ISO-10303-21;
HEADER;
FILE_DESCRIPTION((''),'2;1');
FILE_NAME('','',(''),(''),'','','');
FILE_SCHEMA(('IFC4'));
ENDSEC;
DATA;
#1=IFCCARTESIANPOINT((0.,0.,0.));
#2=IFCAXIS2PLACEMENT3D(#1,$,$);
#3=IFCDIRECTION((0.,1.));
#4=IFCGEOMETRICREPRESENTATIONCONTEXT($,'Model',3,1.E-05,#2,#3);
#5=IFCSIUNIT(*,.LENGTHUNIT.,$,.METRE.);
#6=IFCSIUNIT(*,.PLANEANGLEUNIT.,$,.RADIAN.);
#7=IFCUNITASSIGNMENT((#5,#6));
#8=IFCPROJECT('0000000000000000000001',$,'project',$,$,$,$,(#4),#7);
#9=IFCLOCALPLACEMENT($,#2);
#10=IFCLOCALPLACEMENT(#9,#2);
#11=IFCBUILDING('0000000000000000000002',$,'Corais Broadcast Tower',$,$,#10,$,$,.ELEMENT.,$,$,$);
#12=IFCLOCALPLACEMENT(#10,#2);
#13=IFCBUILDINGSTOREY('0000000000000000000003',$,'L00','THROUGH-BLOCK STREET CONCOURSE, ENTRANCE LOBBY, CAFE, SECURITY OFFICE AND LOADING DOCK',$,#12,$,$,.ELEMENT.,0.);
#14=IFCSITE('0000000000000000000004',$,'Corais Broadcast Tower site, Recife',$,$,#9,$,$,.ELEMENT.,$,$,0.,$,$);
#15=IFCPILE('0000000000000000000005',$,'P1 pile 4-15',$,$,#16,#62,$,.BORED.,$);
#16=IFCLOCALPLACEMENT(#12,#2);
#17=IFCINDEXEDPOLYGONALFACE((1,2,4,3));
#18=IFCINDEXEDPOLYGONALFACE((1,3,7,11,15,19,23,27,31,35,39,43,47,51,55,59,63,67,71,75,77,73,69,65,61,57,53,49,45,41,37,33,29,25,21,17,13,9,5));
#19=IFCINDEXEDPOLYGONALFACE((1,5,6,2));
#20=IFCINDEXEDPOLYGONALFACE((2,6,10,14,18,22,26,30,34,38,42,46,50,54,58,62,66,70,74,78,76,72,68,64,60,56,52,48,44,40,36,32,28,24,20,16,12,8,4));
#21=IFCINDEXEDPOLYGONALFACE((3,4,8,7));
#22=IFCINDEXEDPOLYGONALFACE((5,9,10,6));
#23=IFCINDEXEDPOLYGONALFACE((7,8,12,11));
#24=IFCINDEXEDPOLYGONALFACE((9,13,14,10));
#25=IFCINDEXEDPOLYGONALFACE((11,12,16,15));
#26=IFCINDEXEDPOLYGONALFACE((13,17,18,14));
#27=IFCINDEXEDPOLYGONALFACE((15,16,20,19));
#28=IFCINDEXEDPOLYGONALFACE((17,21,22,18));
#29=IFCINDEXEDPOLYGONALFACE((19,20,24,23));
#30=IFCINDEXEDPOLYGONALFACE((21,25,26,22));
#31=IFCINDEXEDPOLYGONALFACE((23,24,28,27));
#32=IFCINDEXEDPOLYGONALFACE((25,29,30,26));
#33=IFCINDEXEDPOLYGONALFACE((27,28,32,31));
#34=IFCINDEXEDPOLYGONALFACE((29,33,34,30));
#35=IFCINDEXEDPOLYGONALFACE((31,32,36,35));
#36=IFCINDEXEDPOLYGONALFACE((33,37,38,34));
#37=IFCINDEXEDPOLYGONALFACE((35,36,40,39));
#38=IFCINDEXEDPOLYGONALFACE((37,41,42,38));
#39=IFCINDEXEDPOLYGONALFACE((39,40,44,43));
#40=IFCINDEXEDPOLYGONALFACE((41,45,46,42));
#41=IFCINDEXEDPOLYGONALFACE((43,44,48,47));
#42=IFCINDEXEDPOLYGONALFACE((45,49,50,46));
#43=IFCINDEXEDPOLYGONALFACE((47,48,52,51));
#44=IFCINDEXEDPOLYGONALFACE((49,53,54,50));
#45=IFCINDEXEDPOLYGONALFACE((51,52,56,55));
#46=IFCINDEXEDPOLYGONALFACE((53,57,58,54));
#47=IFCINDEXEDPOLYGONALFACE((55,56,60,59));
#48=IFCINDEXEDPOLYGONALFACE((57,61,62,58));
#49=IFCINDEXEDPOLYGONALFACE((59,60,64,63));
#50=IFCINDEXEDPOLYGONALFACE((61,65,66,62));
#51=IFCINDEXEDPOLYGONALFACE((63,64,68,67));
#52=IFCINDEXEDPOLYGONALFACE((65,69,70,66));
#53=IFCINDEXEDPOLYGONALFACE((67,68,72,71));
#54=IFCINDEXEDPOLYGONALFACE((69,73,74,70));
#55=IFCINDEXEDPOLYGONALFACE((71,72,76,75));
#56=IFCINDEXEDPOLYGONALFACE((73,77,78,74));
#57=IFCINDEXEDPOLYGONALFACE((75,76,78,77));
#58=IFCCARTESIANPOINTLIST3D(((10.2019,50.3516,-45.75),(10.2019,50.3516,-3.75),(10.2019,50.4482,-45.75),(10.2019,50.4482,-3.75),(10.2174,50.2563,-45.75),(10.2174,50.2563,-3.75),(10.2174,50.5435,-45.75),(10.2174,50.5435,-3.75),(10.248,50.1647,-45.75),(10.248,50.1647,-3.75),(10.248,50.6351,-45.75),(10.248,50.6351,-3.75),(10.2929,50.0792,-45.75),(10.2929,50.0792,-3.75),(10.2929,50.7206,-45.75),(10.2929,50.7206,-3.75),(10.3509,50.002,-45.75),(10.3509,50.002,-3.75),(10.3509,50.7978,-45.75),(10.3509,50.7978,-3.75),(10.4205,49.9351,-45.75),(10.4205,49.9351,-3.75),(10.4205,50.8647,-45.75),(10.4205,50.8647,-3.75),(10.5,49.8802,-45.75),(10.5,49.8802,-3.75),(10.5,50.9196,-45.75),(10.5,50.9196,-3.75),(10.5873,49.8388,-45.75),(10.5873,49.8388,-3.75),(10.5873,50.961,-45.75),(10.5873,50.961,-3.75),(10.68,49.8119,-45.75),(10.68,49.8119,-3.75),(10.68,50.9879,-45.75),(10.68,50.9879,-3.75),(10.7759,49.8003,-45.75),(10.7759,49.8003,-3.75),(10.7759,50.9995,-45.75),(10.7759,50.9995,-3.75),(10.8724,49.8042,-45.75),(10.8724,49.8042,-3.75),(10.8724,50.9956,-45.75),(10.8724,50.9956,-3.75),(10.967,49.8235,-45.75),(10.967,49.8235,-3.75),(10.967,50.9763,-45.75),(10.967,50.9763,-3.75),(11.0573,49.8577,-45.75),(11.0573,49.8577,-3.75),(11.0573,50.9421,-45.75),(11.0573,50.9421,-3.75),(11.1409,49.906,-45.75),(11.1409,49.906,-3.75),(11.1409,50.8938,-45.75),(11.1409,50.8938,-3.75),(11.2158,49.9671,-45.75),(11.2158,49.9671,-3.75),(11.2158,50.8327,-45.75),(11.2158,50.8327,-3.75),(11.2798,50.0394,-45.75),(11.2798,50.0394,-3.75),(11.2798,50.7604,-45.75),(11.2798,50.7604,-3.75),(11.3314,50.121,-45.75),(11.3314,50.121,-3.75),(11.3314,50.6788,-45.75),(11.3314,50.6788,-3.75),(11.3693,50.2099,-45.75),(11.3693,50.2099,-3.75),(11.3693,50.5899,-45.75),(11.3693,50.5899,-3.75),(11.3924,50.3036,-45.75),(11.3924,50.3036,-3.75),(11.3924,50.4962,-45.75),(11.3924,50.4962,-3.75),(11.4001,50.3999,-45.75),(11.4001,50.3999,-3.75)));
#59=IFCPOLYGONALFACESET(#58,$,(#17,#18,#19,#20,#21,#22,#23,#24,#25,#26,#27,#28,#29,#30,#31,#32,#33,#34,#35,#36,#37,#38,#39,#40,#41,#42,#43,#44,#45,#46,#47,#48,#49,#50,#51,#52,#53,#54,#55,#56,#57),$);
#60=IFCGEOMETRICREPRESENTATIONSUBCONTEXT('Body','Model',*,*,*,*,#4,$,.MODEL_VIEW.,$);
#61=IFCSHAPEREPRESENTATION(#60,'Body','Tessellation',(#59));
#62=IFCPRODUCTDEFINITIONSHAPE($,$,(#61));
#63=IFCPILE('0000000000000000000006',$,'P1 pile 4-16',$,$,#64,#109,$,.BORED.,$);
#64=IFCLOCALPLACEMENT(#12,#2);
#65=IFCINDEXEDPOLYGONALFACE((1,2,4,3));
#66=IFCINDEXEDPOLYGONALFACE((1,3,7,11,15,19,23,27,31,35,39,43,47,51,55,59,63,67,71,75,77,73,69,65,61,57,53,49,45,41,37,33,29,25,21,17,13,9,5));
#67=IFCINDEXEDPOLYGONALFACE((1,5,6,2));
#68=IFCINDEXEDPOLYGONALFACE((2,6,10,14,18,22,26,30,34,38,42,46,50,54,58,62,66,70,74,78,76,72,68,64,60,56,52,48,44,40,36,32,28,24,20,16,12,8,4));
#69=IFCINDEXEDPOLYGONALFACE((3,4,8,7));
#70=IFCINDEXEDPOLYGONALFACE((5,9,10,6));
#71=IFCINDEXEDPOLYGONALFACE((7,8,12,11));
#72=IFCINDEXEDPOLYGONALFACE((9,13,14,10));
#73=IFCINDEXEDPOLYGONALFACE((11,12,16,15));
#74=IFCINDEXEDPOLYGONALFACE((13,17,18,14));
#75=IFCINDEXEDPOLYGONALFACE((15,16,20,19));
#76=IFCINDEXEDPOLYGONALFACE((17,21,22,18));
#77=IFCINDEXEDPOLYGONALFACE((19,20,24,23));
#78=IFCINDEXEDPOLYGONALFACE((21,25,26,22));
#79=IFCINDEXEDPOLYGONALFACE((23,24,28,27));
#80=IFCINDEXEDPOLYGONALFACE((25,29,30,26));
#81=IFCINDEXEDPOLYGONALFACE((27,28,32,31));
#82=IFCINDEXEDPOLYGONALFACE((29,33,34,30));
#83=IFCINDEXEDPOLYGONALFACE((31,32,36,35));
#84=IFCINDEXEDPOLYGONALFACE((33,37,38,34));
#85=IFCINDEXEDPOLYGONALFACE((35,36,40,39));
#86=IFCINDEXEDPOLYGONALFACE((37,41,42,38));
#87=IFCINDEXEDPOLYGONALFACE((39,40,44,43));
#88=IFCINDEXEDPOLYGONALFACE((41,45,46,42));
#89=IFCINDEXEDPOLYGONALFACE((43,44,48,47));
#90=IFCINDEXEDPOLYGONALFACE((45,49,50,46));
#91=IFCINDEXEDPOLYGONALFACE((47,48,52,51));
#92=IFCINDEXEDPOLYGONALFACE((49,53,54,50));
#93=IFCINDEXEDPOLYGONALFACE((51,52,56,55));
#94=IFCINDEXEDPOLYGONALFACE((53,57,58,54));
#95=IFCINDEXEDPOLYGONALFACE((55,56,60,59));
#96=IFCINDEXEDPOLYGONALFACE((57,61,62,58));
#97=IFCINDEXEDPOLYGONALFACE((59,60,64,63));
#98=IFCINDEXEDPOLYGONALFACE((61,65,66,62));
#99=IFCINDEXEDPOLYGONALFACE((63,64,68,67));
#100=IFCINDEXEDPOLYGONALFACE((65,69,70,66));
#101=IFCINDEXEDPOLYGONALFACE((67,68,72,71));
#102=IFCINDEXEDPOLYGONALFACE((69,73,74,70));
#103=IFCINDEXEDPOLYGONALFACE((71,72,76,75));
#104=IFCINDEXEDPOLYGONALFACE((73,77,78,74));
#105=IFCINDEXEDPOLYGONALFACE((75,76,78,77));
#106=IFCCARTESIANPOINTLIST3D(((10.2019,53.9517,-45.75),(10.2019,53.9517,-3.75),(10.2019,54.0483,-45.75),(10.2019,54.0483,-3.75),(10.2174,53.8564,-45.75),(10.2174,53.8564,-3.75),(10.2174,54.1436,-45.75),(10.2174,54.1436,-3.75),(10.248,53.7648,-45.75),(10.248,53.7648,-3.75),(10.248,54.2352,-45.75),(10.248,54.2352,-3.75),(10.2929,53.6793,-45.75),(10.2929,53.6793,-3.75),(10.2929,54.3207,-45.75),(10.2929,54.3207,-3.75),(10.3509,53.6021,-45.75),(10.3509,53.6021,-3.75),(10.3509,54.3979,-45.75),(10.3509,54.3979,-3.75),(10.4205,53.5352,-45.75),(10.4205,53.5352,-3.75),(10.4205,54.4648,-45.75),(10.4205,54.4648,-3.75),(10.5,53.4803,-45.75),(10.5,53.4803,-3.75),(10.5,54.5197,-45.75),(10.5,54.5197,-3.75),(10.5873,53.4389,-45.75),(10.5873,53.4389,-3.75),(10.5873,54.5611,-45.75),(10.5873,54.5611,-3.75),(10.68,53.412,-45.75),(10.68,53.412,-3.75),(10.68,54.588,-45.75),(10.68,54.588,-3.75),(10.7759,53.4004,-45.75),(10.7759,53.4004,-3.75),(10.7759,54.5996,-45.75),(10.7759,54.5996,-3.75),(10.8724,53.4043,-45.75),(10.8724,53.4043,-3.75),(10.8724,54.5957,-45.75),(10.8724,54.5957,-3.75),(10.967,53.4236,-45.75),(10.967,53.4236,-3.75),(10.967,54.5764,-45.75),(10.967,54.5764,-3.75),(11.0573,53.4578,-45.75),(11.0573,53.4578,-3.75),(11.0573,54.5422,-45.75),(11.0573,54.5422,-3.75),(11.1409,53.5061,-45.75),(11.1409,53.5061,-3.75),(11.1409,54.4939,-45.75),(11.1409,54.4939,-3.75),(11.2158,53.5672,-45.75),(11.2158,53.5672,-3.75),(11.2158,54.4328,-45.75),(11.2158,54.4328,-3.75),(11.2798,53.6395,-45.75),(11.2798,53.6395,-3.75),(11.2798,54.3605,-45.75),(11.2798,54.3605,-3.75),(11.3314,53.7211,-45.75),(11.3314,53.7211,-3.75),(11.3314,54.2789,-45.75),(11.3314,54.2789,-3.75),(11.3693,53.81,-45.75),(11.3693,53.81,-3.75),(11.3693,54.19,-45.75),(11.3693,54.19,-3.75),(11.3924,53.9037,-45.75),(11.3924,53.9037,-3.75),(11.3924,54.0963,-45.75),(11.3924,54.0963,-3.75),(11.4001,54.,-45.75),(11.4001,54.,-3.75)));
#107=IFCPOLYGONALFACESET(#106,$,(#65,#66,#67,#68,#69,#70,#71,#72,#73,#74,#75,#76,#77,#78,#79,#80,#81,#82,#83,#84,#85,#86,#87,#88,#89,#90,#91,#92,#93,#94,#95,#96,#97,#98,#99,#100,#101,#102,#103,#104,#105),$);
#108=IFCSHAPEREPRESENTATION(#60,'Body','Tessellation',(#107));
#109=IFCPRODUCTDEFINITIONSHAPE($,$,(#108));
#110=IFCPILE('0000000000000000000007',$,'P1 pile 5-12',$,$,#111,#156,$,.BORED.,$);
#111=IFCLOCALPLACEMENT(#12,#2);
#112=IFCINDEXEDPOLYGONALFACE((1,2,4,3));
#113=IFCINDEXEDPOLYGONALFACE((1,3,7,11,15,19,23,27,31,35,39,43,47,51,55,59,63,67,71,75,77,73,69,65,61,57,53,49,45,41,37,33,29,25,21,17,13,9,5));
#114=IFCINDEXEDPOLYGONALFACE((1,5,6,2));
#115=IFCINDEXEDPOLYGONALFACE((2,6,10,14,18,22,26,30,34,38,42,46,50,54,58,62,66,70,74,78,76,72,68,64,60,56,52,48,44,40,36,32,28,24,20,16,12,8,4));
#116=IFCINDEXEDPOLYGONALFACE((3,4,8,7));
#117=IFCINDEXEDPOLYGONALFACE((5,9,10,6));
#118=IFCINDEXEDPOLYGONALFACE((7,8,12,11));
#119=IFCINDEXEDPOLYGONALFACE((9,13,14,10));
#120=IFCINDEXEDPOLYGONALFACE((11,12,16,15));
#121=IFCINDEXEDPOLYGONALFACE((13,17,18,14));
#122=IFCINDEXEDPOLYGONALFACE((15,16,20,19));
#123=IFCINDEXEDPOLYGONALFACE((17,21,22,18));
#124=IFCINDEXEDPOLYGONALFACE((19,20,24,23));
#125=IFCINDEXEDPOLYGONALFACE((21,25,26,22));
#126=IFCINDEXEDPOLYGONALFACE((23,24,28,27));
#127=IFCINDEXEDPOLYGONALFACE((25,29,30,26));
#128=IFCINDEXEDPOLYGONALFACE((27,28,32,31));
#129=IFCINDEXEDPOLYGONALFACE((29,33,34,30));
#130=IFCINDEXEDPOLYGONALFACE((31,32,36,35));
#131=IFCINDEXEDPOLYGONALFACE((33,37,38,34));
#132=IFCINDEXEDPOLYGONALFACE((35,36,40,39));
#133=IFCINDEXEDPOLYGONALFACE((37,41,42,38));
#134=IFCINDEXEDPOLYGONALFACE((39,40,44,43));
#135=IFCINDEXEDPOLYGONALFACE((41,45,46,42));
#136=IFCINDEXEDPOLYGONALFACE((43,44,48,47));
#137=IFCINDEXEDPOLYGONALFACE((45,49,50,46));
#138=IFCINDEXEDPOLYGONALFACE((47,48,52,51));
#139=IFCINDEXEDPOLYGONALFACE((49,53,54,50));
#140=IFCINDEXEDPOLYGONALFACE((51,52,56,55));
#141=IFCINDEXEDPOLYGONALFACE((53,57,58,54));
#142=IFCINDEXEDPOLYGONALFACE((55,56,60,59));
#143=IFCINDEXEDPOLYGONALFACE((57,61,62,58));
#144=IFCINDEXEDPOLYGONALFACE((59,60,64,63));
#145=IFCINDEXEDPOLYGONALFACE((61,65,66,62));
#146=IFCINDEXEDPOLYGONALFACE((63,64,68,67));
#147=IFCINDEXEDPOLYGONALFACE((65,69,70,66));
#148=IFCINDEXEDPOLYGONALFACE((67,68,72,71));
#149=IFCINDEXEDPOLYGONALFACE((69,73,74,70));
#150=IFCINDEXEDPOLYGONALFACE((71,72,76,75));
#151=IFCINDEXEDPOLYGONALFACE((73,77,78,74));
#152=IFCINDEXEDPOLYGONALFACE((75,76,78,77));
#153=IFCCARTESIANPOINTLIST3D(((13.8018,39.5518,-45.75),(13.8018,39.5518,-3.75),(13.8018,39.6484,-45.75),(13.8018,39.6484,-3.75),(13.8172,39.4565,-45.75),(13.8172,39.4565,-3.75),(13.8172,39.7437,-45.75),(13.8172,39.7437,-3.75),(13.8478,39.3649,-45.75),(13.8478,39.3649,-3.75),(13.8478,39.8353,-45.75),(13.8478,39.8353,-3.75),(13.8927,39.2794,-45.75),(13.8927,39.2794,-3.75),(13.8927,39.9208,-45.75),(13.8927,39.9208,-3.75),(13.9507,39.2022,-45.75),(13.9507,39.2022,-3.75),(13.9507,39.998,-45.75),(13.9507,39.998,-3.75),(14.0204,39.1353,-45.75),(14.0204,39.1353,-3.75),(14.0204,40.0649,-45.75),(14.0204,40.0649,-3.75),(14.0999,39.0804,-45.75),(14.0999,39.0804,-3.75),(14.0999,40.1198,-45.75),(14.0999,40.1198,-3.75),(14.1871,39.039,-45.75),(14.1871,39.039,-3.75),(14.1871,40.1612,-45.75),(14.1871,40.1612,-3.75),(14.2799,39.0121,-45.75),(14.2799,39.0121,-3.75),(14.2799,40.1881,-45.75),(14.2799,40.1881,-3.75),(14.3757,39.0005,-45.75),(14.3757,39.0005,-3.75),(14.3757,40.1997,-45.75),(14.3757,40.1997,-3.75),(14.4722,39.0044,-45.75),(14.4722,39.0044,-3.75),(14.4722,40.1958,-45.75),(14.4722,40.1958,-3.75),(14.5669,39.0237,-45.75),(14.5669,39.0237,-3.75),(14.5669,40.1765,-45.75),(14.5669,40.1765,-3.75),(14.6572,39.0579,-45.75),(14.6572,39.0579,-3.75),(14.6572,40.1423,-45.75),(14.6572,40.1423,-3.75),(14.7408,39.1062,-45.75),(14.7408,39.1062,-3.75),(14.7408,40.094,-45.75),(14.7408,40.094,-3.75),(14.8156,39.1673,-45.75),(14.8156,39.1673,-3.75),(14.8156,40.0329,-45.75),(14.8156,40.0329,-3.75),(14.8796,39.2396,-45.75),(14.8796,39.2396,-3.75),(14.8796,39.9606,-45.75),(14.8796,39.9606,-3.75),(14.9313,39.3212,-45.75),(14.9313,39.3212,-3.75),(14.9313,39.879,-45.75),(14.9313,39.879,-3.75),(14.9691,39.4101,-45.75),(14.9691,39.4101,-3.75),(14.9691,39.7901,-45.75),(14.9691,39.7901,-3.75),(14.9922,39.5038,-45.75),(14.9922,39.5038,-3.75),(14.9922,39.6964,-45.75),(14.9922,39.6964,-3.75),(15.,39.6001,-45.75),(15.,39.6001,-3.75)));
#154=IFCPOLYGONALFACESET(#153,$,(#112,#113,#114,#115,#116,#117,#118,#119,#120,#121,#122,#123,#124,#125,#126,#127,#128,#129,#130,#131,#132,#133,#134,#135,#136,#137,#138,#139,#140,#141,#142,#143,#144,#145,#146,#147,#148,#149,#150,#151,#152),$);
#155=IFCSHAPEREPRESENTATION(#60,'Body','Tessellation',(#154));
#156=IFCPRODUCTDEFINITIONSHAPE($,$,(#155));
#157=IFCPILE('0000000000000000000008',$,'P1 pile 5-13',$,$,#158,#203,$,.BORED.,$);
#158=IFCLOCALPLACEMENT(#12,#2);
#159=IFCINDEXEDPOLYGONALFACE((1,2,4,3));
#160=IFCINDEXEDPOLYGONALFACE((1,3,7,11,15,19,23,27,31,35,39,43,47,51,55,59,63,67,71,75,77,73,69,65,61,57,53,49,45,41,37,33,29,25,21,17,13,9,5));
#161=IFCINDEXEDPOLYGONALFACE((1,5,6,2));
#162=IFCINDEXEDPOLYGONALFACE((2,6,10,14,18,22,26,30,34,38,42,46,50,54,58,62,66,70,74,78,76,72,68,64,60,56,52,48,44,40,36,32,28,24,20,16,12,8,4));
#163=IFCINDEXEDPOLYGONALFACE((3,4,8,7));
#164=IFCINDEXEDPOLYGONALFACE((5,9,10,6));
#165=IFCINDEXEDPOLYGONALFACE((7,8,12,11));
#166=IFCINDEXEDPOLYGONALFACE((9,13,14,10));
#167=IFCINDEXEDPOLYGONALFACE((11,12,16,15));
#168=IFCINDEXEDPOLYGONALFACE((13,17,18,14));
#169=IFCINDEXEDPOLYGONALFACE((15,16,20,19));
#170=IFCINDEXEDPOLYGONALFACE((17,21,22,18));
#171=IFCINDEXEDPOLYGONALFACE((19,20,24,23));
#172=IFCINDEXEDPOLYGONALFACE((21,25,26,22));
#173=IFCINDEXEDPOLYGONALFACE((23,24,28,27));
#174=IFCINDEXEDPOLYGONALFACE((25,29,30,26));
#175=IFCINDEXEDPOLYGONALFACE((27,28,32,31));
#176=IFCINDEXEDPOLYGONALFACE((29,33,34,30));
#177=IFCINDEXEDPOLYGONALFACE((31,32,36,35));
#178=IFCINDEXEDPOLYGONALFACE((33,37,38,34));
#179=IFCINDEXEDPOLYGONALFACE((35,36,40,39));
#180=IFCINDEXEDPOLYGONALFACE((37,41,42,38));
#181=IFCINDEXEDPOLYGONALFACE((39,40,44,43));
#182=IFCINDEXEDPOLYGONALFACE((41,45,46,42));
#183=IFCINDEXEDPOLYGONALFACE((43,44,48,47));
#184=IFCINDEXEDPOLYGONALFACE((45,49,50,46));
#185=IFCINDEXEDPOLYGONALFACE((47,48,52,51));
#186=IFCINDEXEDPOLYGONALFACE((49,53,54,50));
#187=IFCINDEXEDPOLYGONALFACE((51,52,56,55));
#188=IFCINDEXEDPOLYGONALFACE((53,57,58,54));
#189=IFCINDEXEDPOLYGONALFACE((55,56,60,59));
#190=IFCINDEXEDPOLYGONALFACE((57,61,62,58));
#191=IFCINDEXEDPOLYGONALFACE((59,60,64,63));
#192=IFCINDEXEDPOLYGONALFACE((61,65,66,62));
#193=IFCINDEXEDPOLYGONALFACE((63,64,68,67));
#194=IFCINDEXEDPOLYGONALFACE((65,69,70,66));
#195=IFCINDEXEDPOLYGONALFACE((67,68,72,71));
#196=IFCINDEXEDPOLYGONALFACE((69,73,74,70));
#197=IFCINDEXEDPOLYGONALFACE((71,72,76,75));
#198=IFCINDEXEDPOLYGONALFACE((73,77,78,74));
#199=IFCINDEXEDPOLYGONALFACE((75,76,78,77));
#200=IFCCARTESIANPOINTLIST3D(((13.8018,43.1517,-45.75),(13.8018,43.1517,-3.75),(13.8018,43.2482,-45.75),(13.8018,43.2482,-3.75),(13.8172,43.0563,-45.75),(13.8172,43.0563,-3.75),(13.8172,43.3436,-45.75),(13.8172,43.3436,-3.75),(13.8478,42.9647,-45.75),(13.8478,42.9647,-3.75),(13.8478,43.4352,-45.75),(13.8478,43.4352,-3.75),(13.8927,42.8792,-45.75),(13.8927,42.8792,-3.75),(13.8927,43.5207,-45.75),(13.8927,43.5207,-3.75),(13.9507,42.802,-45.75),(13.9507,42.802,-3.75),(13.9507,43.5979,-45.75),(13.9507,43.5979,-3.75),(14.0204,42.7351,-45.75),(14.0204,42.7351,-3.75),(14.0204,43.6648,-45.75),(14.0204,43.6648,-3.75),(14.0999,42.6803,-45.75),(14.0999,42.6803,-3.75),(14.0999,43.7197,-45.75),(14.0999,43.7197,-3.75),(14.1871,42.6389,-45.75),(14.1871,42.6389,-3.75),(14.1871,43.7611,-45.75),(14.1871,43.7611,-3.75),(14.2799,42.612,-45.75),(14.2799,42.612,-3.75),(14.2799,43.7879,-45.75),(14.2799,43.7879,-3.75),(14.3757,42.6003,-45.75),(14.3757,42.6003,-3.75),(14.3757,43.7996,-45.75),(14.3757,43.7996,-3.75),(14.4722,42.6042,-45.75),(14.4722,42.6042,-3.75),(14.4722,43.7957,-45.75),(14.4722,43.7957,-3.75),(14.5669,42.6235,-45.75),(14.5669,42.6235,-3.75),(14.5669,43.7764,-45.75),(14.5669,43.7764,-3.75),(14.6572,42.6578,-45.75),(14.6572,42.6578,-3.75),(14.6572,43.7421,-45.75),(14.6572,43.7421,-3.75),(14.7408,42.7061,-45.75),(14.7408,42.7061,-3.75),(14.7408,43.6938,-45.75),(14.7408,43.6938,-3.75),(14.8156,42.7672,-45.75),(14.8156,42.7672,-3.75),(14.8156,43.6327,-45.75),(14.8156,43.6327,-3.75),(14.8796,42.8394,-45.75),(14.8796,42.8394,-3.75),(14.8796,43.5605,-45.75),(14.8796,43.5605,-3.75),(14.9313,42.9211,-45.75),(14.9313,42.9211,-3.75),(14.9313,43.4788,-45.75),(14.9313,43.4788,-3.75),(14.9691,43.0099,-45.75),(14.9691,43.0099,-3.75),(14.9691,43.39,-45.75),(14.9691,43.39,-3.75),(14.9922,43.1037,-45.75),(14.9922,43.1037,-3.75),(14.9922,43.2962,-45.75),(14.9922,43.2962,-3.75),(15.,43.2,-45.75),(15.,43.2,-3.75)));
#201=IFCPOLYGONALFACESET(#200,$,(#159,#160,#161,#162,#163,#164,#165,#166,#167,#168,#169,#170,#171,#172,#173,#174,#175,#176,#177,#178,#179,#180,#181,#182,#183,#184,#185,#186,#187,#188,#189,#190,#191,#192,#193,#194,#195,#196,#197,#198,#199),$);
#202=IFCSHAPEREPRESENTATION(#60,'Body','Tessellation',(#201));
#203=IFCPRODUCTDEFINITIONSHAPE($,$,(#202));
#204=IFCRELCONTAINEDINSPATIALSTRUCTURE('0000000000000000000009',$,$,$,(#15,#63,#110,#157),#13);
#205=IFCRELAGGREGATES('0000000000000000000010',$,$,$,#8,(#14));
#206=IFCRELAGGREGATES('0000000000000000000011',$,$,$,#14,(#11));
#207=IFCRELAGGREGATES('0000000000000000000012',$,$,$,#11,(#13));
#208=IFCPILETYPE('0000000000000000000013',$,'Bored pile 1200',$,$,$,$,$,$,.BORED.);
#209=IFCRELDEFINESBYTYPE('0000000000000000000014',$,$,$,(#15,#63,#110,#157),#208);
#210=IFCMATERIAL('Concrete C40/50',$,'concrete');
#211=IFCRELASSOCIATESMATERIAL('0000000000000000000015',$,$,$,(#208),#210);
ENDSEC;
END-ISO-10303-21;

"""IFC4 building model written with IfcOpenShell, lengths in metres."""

from ifc_helpers import new_model, si_unit, direction, frame, origin, origin_2d, place, context, subcontext, project, spatial, circle, extrude, material, type_object, element, save


model = new_model("IFC4")

# Units and contexts
model_context = context("Model", 3, precision=1e-05, world=origin(), true_north=direction((0.0, 1.0)))
body_context = subcontext(model_context, "Body", "Model", "MODEL_VIEW")
ifc_project = project(units=[si_unit("LENGTHUNIT", "METRE"), si_unit("PLANEANGLEUNIT", "RADIAN")], contexts=[model_context])

# Site, building, storey
site_placement = place(None, origin())
site = spatial("IfcSite", under=ifc_project, at=site_placement, Name="Corais Broadcast Tower site, Recife", CompositionType="ELEMENT", RefElevation=0.0)
building_placement = place(site_placement, origin())
building = spatial("IfcBuilding", under=site, at=building_placement, Name="Corais Broadcast Tower", CompositionType="ELEMENT")
storey_placement = place(building_placement, origin())
storey = spatial("IfcBuildingStorey", under=building, at=storey_placement, Name="L00", Description="THROUGH-BLOCK STREET CONCOURSE, ENTRANCE LOBBY, CAFE, SECURITY OFFICE AND LOADING DOCK", CompositionType="ELEMENT", Elevation=0.0)

# Piles
ifc_material_1 = material(Name="Concrete C40/50", Category="concrete")
pile_type = type_object("IfcPileType", Name="Bored pile 1200", PredefinedType="BORED", material=ifc_material_1)
for number, where, z_axis, x_axis, name in (
    (1, (10.8, 50.3999, -3.75), (0.0, 0.0, -1.0), (1.0, 0.0, 0.0), "P1 pile 4-15"),
    (2, (10.8, 54.0, -3.75), (0.0, 0.0, -1.0), (1.0, 0.0, 0.0), "P1 pile 4-16"),
    (3, (14.3999, 39.6001, -3.75), (0.0, 0.0, -1.0), (1.0, 0.0, 0.0), "P1 pile 5-12"),
    (4, (14.3999, 43.2, -3.75), (0.0, 0.0, -1.0), (1.0, 0.0, 0.0), "P1 pile 5-13"),
):
    element("IfcPile", number, at=place(storey_placement, frame(where, z_axis=z_axis, x_axis=x_axis)), inside=storey, type_object=pile_type, Name=name, PredefinedType="BORED", context=body_context, shape_type="SweptSolid", body=[
        extrude(circle(Radius=0.6001, at=origin_2d()), origin(), (0.0, 0.0, 1.0), 42.0),
    ])

save(model, "model.ifc")
